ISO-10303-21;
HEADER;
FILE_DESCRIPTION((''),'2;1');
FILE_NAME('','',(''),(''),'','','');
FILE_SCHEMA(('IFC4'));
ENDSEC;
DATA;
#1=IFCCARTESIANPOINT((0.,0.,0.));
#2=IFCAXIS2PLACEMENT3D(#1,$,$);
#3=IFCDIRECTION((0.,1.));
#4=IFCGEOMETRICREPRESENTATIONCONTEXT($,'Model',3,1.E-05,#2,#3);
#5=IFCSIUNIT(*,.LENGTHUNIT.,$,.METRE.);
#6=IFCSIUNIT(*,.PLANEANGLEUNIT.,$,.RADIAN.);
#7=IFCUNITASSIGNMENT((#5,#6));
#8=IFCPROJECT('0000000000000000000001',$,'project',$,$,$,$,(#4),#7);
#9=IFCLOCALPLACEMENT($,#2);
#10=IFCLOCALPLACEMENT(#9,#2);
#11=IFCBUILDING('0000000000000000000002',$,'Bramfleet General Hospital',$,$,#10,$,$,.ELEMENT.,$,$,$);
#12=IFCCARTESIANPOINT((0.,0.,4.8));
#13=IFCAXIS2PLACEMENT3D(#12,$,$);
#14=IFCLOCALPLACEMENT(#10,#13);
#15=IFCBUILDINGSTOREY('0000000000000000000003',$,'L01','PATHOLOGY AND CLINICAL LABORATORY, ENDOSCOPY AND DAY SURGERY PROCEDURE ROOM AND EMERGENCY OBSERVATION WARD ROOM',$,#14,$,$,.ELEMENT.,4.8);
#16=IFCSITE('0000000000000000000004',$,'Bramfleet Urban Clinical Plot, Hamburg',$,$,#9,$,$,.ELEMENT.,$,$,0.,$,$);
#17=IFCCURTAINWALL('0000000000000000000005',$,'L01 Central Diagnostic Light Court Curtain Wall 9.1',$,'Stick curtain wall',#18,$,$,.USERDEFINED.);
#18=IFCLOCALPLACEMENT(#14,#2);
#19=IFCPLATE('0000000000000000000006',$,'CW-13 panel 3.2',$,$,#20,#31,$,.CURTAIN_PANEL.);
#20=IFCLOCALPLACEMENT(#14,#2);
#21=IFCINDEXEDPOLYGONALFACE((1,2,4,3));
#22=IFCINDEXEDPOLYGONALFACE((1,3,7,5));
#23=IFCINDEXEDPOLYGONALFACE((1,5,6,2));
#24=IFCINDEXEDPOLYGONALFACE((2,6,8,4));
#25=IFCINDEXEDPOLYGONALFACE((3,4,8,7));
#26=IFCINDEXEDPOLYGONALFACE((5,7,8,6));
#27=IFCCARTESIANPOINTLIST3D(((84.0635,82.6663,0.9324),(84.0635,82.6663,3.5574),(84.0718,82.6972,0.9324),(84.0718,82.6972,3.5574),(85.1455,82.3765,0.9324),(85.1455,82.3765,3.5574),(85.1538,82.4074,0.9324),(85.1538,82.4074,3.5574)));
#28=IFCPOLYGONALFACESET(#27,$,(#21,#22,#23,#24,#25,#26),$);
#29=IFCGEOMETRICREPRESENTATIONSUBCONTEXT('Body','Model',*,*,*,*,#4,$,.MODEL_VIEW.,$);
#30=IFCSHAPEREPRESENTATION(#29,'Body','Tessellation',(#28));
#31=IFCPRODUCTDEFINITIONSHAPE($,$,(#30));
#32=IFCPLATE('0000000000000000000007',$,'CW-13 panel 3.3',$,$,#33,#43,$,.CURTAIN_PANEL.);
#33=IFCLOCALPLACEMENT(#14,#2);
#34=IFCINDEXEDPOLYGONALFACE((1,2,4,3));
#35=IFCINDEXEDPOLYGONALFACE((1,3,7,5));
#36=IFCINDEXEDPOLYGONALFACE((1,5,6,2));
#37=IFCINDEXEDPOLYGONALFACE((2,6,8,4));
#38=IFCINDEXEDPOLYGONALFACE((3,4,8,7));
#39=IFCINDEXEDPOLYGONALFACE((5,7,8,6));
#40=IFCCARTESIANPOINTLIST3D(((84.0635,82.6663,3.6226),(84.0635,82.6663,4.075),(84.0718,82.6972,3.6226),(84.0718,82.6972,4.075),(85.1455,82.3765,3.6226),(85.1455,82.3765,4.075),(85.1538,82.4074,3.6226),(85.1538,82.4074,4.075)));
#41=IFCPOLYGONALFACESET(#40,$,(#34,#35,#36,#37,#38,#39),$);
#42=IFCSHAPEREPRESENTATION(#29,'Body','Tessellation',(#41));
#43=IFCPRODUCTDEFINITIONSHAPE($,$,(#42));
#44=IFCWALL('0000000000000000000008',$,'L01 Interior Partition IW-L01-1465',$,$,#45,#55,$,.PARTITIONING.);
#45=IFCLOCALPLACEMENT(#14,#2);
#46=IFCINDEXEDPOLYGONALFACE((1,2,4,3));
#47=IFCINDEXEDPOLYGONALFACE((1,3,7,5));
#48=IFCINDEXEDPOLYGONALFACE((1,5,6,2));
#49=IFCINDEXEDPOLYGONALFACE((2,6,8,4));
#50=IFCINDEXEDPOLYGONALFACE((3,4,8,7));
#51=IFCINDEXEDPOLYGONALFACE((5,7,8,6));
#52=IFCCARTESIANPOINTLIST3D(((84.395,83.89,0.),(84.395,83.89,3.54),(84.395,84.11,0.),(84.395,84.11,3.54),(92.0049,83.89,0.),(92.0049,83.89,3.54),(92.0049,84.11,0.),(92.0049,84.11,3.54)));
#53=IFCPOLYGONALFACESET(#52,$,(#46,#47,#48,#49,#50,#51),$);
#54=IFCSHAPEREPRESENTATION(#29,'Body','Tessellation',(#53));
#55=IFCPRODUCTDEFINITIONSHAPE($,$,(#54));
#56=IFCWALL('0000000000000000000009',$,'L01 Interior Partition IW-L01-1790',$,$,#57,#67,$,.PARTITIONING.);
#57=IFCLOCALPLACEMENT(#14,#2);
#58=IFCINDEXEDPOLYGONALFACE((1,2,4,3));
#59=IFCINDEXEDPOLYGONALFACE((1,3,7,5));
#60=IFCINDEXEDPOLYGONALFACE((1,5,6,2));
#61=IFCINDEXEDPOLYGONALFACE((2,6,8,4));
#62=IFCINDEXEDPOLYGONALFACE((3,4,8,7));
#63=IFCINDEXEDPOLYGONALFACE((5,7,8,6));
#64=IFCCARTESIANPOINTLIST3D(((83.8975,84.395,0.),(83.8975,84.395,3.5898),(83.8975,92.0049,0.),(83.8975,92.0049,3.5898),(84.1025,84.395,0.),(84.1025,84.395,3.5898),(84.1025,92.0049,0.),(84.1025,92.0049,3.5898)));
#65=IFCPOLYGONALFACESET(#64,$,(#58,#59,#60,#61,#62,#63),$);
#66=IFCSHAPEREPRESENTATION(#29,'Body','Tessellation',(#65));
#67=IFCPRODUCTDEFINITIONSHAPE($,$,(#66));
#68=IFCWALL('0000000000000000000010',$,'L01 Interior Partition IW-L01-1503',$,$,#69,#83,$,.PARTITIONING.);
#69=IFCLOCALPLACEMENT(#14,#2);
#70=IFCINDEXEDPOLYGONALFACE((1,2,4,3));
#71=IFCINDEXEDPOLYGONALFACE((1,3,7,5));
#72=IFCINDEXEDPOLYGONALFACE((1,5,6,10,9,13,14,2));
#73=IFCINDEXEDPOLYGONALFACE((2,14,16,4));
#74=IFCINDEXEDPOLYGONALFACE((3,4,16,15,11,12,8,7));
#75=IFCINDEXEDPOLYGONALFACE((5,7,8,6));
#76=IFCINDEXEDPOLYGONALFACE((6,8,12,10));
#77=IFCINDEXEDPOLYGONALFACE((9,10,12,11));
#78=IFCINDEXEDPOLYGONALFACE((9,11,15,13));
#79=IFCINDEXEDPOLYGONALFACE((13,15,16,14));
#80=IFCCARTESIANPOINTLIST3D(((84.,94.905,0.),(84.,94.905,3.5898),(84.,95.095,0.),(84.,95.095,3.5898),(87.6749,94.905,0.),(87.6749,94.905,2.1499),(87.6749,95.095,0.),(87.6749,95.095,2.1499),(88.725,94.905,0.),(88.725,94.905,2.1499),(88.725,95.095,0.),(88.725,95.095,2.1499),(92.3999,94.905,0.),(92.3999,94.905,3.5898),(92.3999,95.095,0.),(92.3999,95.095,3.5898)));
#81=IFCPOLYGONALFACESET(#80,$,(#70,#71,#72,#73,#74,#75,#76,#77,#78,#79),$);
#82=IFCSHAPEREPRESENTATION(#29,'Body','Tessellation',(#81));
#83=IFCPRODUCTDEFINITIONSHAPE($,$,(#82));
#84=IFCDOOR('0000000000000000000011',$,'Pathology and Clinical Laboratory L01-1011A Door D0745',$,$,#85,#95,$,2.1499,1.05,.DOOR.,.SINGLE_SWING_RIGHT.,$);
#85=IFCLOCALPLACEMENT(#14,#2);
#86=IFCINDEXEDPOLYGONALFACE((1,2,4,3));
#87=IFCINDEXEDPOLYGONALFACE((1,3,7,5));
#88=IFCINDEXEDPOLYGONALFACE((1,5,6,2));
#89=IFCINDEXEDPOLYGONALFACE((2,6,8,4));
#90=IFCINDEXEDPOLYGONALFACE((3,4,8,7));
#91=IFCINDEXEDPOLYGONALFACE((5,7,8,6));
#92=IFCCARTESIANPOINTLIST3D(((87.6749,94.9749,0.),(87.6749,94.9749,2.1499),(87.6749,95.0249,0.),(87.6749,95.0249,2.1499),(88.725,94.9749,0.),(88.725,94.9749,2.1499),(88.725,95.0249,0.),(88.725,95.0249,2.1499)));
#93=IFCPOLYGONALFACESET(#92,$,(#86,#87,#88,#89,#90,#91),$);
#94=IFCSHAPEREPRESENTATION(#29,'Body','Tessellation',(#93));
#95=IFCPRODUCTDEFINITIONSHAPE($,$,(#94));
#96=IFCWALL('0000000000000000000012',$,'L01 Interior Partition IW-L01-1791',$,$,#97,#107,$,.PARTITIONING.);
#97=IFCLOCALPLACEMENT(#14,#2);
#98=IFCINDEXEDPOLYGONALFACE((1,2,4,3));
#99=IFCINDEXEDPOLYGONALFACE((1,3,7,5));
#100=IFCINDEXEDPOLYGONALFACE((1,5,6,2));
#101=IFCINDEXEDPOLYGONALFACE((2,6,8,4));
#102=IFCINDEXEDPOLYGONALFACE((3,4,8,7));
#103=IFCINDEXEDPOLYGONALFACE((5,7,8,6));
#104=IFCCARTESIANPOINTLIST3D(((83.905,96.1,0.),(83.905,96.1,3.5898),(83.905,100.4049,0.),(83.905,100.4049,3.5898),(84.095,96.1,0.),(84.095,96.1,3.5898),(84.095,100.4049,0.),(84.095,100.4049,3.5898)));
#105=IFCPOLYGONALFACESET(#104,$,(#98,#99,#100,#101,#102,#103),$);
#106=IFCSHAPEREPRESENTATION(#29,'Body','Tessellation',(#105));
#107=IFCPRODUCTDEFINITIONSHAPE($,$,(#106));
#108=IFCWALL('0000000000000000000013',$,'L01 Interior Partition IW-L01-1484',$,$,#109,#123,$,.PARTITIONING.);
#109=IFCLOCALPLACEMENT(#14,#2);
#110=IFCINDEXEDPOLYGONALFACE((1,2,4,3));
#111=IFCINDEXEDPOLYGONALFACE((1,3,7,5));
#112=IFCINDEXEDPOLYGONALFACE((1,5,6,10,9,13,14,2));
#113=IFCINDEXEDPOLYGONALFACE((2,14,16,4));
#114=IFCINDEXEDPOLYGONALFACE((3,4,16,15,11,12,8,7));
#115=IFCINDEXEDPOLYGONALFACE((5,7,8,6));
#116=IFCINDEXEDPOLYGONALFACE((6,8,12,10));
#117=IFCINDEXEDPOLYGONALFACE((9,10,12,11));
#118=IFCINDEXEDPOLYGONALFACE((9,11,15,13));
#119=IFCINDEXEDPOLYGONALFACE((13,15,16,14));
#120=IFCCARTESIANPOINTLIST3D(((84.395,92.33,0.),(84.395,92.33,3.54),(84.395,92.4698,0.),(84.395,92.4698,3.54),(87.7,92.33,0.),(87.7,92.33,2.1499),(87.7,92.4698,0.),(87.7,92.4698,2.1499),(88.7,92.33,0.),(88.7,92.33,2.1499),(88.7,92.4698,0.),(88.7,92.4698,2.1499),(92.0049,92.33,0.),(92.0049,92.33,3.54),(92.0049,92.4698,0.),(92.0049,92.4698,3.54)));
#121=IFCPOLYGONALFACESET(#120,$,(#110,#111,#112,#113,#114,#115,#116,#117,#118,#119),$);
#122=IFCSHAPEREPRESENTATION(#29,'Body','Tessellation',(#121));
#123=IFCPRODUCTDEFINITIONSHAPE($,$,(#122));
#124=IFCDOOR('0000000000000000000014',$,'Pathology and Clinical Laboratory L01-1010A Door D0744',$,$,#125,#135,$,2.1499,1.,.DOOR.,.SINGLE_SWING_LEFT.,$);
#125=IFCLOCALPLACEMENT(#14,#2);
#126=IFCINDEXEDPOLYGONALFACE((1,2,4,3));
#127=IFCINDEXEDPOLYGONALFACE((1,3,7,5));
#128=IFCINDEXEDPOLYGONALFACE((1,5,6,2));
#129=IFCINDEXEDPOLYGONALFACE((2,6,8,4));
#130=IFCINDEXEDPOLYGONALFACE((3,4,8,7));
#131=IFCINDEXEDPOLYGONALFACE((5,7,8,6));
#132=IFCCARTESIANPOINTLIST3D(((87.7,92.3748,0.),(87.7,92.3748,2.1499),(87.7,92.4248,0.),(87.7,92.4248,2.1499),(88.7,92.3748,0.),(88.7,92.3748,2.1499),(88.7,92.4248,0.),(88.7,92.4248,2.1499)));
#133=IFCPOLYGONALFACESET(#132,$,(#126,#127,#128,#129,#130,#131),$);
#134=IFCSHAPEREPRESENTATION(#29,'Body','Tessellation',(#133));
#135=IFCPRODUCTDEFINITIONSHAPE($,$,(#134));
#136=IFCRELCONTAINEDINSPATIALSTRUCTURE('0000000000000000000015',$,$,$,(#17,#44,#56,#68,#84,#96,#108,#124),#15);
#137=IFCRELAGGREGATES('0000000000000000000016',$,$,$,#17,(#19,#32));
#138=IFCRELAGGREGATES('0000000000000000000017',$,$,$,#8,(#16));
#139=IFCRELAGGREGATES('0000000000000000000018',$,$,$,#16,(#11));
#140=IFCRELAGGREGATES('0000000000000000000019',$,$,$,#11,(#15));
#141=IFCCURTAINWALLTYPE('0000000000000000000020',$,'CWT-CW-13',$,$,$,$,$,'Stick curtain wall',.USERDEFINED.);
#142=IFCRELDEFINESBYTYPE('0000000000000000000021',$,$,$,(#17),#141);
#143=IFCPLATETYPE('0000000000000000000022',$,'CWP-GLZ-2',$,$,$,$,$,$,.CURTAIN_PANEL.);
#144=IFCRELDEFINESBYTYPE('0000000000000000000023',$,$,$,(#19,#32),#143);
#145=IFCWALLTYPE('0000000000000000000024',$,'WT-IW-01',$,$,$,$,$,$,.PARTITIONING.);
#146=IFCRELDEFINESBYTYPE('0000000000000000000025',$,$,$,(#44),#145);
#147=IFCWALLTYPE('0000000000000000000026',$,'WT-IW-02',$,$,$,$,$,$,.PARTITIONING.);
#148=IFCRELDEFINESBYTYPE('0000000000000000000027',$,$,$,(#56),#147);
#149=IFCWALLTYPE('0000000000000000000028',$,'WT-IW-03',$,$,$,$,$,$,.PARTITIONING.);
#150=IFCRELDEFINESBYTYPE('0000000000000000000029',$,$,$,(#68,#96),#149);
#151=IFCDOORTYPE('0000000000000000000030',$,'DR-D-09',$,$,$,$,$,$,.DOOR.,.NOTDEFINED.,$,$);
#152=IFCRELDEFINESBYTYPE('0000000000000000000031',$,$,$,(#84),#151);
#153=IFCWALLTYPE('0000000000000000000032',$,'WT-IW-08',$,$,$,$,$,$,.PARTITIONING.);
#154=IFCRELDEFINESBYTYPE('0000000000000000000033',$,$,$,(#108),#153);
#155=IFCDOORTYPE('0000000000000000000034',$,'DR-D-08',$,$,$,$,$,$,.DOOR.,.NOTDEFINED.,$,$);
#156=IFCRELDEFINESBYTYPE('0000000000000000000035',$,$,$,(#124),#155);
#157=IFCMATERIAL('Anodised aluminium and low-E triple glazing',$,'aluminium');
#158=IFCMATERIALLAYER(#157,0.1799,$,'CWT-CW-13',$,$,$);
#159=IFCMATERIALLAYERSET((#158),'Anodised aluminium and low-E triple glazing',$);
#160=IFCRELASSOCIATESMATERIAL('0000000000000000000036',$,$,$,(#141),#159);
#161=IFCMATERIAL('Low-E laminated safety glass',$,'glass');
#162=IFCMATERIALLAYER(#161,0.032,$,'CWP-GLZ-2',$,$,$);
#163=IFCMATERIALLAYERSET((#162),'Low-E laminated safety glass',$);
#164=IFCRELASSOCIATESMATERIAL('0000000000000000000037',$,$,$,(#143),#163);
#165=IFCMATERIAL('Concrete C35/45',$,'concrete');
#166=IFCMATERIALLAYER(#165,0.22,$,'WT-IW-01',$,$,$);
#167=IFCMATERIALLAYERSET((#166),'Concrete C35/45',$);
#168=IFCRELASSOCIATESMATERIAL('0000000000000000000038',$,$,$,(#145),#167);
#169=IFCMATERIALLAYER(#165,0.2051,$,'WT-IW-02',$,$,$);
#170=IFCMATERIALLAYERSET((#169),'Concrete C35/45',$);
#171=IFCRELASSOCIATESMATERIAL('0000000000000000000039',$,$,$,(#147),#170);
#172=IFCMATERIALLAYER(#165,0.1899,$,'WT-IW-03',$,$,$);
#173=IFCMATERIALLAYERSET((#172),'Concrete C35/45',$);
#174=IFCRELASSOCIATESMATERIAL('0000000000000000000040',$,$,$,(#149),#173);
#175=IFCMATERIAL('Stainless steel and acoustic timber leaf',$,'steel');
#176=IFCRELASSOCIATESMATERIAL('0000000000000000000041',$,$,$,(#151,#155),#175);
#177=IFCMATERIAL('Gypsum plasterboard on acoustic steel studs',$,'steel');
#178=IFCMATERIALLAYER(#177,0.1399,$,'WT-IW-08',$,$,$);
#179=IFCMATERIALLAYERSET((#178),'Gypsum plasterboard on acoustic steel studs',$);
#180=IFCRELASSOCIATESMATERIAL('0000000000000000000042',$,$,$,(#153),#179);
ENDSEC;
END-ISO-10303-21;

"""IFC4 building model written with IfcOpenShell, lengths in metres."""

from ifc_helpers import new_model, si_unit, direction, frame, frame_2d, origin, origin_2d, place, context, subcontext, project, spatial, rectangle, extrude, material, layer, layer_set, type_object, element, fill, aggregate, save


model = new_model("IFC4")

# Units and contexts
model_context = context("Model", 3, precision=1e-05, world=origin(), true_north=direction((0.0, 1.0)))
body_context = subcontext(model_context, "Body", "Model", "MODEL_VIEW")
ifc_project = project(units=[si_unit("LENGTHUNIT", "METRE"), si_unit("PLANEANGLEUNIT", "RADIAN")], contexts=[model_context])

# Site, building, storey
site_placement = place(None, origin())
site = spatial("IfcSite", under=ifc_project, at=site_placement, Name="Bramfleet Urban Clinical Plot, Hamburg", CompositionType="ELEMENT", RefElevation=0.0)
building_placement = place(site_placement, origin())
building = spatial("IfcBuilding", under=site, at=building_placement, Name="Bramfleet General Hospital", CompositionType="ELEMENT")
storey_placement = place(building_placement, frame((0.0, 0.0, 4.8)))
storey = spatial("IfcBuildingStorey", under=building, at=storey_placement, Name="L01", Description="PATHOLOGY AND CLINICAL LABORATORY, ENDOSCOPY AND DAY SURGERY PROCEDURE ROOM AND EMERGENCY OBSERVATION WARD ROOM", CompositionType="ELEMENT", Elevation=4.8)

# Shared definitions
ifc_material_1 = material(Name="Concrete C35/45", Category="concrete")

# Curtain wall, plates
ifc_material_2 = material(Name="Anodised aluminium and low-E triple glazing", Category="aluminium")
ifc_layer_1 = layer(ifc_material_2, 0.1799, Name="CWT-CW-13")
ifc_layer_set_1 = layer_set([ifc_layer_1], Name="Anodised aluminium and low-E triple glazing")
curtain_wall_type = type_object("IfcCurtainWallType", Name="CWT-CW-13", ElementType="Stick curtain wall", PredefinedType="USERDEFINED", material=ifc_layer_set_1)
curtain_wall_placement = place(storey_placement, origin())
curtain_wall = element("IfcCurtainWall", 1, at=curtain_wall_placement, inside=storey, type_object=curtain_wall_type, Name="L01 Central Diagnostic Light Court Curtain Wall 9.1", ObjectType="Stick curtain wall", PredefinedType="USERDEFINED")
ifc_material_3 = material(Name="Low-E laminated safety glass", Category="glass")
ifc_layer_2 = layer(ifc_material_3, 0.032, Name="CWP-GLZ-2")
ifc_layer_set_2 = layer_set([ifc_layer_2], Name="Low-E laminated safety glass")
plate_type = type_object("IfcPlateType", Name="CWP-GLZ-2", PredefinedType="CURTAIN_PANEL", material=ifc_layer_set_2)
plate_1_placement = place(storey_placement, frame((84.6086, 82.5369, 0.9324), z_axis=(0.0, 0.0, 1.0), x_axis=(-0.965941, 0.258763, 0.0)))
plate_1 = element("IfcPlate", 2, at=plate_1_placement, type_object=plate_type, Name="CW-13 panel 3.2", PredefinedType="CURTAIN_PANEL", context=body_context, shape_type="SweptSolid", body=[
    extrude(rectangle(XDim=1.1201, YDim=0.032, at=origin_2d()), origin(), (0.0, 0.0, 1.0), 2.625),
])
plate_2_placement = place(storey_placement, frame((84.6086, 82.5369, 3.6226), z_axis=(0.0, 0.0, 1.0), x_axis=(-0.965941, 0.258763, 0.0)))
plate_2 = element("IfcPlate", 3, at=plate_2_placement, type_object=plate_type, Name="CW-13 panel 3.3", PredefinedType="CURTAIN_PANEL", context=body_context, shape_type="SweptSolid", body=[
    extrude(rectangle(XDim=1.1201, YDim=0.032, at=origin_2d()), origin(), (0.0, 0.0, 1.0), 0.4524),
])
aggregate(curtain_wall, [plate_1, plate_2])

# Walls
ifc_layer_3 = layer(ifc_material_1, 0.22, Name="WT-IW-01")
ifc_layer_set_3 = layer_set([ifc_layer_3], Name="Concrete C35/45")
wall_type_1 = type_object("IfcWallType", Name="WT-IW-01", PredefinedType="PARTITIONING", material=ifc_layer_set_3)
wall_1_placement = place(storey_placement, frame((84.395, 84.0, 0.0), z_axis=(0.0, 0.0, 1.0), x_axis=(1.0, 0.0, 0.0)))
element("IfcWall", 4, at=wall_1_placement, inside=storey, type_object=wall_type_1, Name="L01 Interior Partition IW-L01-1465", PredefinedType="PARTITIONING", context=body_context, shape_type="SweptSolid", body=[
    extrude(rectangle(XDim=7.6099, YDim=0.22, at=frame_2d((3.8049, 0.0))), origin(), (0.0, 0.0, 1.0), 3.54),
])
ifc_layer_4 = layer(ifc_material_1, 0.2051, Name="WT-IW-02")
ifc_layer_set_4 = layer_set([ifc_layer_4], Name="Concrete C35/45")
wall_type_2 = type_object("IfcWallType", Name="WT-IW-02", PredefinedType="PARTITIONING", material=ifc_layer_set_4)
wall_2_placement = place(storey_placement, frame((84.0, 84.395, 0.0), z_axis=(0.0, 0.0, 1.0), x_axis=(0.0, 1.0, 0.0)))
element("IfcWall", 5, at=wall_2_placement, inside=storey, type_object=wall_type_2, Name="L01 Interior Partition IW-L01-1790", PredefinedType="PARTITIONING", context=body_context, shape_type="SweptSolid", body=[
    extrude(rectangle(XDim=7.6099, YDim=0.2051, at=frame_2d((3.8049, 0.0))), origin(), (0.0, 0.0, 1.0), 3.5898),
])

# Wall, opening, door
ifc_layer_5 = layer(ifc_material_1, 0.1899, Name="WT-IW-03")
ifc_layer_set_5 = layer_set([ifc_layer_5], Name="Concrete C35/45")
wall_type_3 = type_object("IfcWallType", Name="WT-IW-03", PredefinedType="PARTITIONING", material=ifc_layer_set_5)
wall_3_placement = place(storey_placement, frame((84.0, 95.0, 0.0), z_axis=(0.0, 0.0, 1.0), x_axis=(1.0, 0.0, 0.0)))
wall_3 = element("IfcWall", 6, at=wall_3_placement, inside=storey, type_object=wall_type_3, Name="L01 Interior Partition IW-L01-1503", PredefinedType="PARTITIONING", context=body_context, shape_type="SweptSolid", body=[
    extrude(rectangle(XDim=8.3999, YDim=0.1899, at=frame_2d((4.2, 0.0))), origin(), (0.0, 0.0, 1.0), 3.5898),
])
opening_1_placement = place(wall_3_placement, frame((3.675, 0.0, 0.0)))
opening_1 = element("IfcOpeningElement", 7, at=opening_1_placement, cuts=wall_3, PredefinedType="OPENING", context=body_context, shape_type="SweptSolid", body=[
    extrude(rectangle(XDim=1.05, YDim=2.1499, at=frame_2d((0.5249, 1.075))), frame((0.0, 0.105, 0.0), z_axis=(0.0, -1.0, 0.0), x_axis=(1.0, 0.0, 0.0)), (0.0, 0.0, 1.0), 0.21),
])
ifc_material_4 = material(Name="Stainless steel and acoustic timber leaf", Category="steel")
door_type_1 = type_object("IfcDoorType", Name="DR-D-09", OperationType="NOTDEFINED", PredefinedType="DOOR", material=ifc_material_4)
door_1_placement = place(opening_1_placement, origin())
door_1 = element("IfcDoor", 8, at=door_1_placement, inside=storey, type_object=door_type_1, Name="Pathology and Clinical Laboratory L01-1011A Door D0745", OperationType="SINGLE_SWING_RIGHT", OverallHeight=2.1499, OverallWidth=1.05, PredefinedType="DOOR", context=body_context, shape_type="SweptSolid", body=[
    extrude(rectangle(XDim=1.05, YDim=2.1499, at=frame_2d((0.5249, 1.075))), frame((0.0, 0.0249, 0.0), z_axis=(0.0, -1.0, 0.0), x_axis=(1.0, 0.0, 0.0)), (0.0, 0.0, 1.0), 0.05),
])
fill(opening_1, door_1)

# Wall
wall_4_placement = place(storey_placement, frame((84.0, 96.1001, 0.0), z_axis=(0.0, 0.0, 1.0), x_axis=(0.0, 1.0, 0.0)))
element("IfcWall", 9, at=wall_4_placement, inside=storey, type_object=wall_type_3, Name="L01 Interior Partition IW-L01-1791", PredefinedType="PARTITIONING", context=body_context, shape_type="SweptSolid", body=[
    extrude(rectangle(XDim=4.3049, YDim=0.1899, at=frame_2d((2.1523, 0.0))), origin(), (0.0, 0.0, 1.0), 3.5898),
])

# Wall, opening, door
ifc_material_5 = material(Name="Gypsum plasterboard on acoustic steel studs", Category="steel")
ifc_layer_6 = layer(ifc_material_5, 0.1399, Name="WT-IW-08")
ifc_layer_set_6 = layer_set([ifc_layer_6], Name="Gypsum plasterboard on acoustic steel studs")
wall_type_4 = type_object("IfcWallType", Name="WT-IW-08", PredefinedType="PARTITIONING", material=ifc_layer_set_6)
wall_5_placement = place(storey_placement, frame((84.395, 92.3999, 0.0), z_axis=(0.0, 0.0, 1.0), x_axis=(1.0, 0.0, 0.0)))
wall_5 = element("IfcWall", 10, at=wall_5_placement, inside=storey, type_object=wall_type_4, Name="L01 Interior Partition IW-L01-1484", PredefinedType="PARTITIONING", context=body_context, shape_type="SweptSolid", body=[
    extrude(rectangle(XDim=7.6099, YDim=0.1399, at=frame_2d((3.8049, 0.0))), origin(), (0.0, 0.0, 1.0), 3.54),
])
opening_2_placement = place(wall_5_placement, frame((3.3049, 0.0, 0.0)))
opening_2 = element("IfcOpeningElement", 11, at=opening_2_placement, cuts=wall_5, PredefinedType="OPENING", context=body_context, shape_type="SweptSolid", body=[
    extrude(rectangle(XDim=1.0, YDim=2.1499, at=frame_2d((0.5, 1.075))), frame((0.0, 0.0798, 0.0), z_axis=(0.0, -1.0, 0.0), x_axis=(1.0, 0.0, 0.0)), (0.0, 0.0, 1.0), 0.1599),
])
door_type_2 = type_object("IfcDoorType", Name="DR-D-08", OperationType="NOTDEFINED", PredefinedType="DOOR", material=ifc_material_4)
door_2_placement = place(opening_2_placement, origin())
door_2 = element("IfcDoor", 12, at=door_2_placement, inside=storey, type_object=door_type_2, Name="Pathology and Clinical Laboratory L01-1010A Door D0744", OperationType="SINGLE_SWING_LEFT", OverallHeight=2.1499, OverallWidth=1.0, PredefinedType="DOOR", context=body_context, shape_type="SweptSolid", body=[
    extrude(rectangle(XDim=1.0, YDim=2.1499, at=frame_2d((0.5, 1.075))), frame((0.0, 0.0249, 0.0), z_axis=(0.0, -1.0, 0.0), x_axis=(1.0, 0.0, 0.0)), (0.0, 0.0, 1.0), 0.05),
])
fill(opening_2, door_2)

save(model, "model.ifc")
